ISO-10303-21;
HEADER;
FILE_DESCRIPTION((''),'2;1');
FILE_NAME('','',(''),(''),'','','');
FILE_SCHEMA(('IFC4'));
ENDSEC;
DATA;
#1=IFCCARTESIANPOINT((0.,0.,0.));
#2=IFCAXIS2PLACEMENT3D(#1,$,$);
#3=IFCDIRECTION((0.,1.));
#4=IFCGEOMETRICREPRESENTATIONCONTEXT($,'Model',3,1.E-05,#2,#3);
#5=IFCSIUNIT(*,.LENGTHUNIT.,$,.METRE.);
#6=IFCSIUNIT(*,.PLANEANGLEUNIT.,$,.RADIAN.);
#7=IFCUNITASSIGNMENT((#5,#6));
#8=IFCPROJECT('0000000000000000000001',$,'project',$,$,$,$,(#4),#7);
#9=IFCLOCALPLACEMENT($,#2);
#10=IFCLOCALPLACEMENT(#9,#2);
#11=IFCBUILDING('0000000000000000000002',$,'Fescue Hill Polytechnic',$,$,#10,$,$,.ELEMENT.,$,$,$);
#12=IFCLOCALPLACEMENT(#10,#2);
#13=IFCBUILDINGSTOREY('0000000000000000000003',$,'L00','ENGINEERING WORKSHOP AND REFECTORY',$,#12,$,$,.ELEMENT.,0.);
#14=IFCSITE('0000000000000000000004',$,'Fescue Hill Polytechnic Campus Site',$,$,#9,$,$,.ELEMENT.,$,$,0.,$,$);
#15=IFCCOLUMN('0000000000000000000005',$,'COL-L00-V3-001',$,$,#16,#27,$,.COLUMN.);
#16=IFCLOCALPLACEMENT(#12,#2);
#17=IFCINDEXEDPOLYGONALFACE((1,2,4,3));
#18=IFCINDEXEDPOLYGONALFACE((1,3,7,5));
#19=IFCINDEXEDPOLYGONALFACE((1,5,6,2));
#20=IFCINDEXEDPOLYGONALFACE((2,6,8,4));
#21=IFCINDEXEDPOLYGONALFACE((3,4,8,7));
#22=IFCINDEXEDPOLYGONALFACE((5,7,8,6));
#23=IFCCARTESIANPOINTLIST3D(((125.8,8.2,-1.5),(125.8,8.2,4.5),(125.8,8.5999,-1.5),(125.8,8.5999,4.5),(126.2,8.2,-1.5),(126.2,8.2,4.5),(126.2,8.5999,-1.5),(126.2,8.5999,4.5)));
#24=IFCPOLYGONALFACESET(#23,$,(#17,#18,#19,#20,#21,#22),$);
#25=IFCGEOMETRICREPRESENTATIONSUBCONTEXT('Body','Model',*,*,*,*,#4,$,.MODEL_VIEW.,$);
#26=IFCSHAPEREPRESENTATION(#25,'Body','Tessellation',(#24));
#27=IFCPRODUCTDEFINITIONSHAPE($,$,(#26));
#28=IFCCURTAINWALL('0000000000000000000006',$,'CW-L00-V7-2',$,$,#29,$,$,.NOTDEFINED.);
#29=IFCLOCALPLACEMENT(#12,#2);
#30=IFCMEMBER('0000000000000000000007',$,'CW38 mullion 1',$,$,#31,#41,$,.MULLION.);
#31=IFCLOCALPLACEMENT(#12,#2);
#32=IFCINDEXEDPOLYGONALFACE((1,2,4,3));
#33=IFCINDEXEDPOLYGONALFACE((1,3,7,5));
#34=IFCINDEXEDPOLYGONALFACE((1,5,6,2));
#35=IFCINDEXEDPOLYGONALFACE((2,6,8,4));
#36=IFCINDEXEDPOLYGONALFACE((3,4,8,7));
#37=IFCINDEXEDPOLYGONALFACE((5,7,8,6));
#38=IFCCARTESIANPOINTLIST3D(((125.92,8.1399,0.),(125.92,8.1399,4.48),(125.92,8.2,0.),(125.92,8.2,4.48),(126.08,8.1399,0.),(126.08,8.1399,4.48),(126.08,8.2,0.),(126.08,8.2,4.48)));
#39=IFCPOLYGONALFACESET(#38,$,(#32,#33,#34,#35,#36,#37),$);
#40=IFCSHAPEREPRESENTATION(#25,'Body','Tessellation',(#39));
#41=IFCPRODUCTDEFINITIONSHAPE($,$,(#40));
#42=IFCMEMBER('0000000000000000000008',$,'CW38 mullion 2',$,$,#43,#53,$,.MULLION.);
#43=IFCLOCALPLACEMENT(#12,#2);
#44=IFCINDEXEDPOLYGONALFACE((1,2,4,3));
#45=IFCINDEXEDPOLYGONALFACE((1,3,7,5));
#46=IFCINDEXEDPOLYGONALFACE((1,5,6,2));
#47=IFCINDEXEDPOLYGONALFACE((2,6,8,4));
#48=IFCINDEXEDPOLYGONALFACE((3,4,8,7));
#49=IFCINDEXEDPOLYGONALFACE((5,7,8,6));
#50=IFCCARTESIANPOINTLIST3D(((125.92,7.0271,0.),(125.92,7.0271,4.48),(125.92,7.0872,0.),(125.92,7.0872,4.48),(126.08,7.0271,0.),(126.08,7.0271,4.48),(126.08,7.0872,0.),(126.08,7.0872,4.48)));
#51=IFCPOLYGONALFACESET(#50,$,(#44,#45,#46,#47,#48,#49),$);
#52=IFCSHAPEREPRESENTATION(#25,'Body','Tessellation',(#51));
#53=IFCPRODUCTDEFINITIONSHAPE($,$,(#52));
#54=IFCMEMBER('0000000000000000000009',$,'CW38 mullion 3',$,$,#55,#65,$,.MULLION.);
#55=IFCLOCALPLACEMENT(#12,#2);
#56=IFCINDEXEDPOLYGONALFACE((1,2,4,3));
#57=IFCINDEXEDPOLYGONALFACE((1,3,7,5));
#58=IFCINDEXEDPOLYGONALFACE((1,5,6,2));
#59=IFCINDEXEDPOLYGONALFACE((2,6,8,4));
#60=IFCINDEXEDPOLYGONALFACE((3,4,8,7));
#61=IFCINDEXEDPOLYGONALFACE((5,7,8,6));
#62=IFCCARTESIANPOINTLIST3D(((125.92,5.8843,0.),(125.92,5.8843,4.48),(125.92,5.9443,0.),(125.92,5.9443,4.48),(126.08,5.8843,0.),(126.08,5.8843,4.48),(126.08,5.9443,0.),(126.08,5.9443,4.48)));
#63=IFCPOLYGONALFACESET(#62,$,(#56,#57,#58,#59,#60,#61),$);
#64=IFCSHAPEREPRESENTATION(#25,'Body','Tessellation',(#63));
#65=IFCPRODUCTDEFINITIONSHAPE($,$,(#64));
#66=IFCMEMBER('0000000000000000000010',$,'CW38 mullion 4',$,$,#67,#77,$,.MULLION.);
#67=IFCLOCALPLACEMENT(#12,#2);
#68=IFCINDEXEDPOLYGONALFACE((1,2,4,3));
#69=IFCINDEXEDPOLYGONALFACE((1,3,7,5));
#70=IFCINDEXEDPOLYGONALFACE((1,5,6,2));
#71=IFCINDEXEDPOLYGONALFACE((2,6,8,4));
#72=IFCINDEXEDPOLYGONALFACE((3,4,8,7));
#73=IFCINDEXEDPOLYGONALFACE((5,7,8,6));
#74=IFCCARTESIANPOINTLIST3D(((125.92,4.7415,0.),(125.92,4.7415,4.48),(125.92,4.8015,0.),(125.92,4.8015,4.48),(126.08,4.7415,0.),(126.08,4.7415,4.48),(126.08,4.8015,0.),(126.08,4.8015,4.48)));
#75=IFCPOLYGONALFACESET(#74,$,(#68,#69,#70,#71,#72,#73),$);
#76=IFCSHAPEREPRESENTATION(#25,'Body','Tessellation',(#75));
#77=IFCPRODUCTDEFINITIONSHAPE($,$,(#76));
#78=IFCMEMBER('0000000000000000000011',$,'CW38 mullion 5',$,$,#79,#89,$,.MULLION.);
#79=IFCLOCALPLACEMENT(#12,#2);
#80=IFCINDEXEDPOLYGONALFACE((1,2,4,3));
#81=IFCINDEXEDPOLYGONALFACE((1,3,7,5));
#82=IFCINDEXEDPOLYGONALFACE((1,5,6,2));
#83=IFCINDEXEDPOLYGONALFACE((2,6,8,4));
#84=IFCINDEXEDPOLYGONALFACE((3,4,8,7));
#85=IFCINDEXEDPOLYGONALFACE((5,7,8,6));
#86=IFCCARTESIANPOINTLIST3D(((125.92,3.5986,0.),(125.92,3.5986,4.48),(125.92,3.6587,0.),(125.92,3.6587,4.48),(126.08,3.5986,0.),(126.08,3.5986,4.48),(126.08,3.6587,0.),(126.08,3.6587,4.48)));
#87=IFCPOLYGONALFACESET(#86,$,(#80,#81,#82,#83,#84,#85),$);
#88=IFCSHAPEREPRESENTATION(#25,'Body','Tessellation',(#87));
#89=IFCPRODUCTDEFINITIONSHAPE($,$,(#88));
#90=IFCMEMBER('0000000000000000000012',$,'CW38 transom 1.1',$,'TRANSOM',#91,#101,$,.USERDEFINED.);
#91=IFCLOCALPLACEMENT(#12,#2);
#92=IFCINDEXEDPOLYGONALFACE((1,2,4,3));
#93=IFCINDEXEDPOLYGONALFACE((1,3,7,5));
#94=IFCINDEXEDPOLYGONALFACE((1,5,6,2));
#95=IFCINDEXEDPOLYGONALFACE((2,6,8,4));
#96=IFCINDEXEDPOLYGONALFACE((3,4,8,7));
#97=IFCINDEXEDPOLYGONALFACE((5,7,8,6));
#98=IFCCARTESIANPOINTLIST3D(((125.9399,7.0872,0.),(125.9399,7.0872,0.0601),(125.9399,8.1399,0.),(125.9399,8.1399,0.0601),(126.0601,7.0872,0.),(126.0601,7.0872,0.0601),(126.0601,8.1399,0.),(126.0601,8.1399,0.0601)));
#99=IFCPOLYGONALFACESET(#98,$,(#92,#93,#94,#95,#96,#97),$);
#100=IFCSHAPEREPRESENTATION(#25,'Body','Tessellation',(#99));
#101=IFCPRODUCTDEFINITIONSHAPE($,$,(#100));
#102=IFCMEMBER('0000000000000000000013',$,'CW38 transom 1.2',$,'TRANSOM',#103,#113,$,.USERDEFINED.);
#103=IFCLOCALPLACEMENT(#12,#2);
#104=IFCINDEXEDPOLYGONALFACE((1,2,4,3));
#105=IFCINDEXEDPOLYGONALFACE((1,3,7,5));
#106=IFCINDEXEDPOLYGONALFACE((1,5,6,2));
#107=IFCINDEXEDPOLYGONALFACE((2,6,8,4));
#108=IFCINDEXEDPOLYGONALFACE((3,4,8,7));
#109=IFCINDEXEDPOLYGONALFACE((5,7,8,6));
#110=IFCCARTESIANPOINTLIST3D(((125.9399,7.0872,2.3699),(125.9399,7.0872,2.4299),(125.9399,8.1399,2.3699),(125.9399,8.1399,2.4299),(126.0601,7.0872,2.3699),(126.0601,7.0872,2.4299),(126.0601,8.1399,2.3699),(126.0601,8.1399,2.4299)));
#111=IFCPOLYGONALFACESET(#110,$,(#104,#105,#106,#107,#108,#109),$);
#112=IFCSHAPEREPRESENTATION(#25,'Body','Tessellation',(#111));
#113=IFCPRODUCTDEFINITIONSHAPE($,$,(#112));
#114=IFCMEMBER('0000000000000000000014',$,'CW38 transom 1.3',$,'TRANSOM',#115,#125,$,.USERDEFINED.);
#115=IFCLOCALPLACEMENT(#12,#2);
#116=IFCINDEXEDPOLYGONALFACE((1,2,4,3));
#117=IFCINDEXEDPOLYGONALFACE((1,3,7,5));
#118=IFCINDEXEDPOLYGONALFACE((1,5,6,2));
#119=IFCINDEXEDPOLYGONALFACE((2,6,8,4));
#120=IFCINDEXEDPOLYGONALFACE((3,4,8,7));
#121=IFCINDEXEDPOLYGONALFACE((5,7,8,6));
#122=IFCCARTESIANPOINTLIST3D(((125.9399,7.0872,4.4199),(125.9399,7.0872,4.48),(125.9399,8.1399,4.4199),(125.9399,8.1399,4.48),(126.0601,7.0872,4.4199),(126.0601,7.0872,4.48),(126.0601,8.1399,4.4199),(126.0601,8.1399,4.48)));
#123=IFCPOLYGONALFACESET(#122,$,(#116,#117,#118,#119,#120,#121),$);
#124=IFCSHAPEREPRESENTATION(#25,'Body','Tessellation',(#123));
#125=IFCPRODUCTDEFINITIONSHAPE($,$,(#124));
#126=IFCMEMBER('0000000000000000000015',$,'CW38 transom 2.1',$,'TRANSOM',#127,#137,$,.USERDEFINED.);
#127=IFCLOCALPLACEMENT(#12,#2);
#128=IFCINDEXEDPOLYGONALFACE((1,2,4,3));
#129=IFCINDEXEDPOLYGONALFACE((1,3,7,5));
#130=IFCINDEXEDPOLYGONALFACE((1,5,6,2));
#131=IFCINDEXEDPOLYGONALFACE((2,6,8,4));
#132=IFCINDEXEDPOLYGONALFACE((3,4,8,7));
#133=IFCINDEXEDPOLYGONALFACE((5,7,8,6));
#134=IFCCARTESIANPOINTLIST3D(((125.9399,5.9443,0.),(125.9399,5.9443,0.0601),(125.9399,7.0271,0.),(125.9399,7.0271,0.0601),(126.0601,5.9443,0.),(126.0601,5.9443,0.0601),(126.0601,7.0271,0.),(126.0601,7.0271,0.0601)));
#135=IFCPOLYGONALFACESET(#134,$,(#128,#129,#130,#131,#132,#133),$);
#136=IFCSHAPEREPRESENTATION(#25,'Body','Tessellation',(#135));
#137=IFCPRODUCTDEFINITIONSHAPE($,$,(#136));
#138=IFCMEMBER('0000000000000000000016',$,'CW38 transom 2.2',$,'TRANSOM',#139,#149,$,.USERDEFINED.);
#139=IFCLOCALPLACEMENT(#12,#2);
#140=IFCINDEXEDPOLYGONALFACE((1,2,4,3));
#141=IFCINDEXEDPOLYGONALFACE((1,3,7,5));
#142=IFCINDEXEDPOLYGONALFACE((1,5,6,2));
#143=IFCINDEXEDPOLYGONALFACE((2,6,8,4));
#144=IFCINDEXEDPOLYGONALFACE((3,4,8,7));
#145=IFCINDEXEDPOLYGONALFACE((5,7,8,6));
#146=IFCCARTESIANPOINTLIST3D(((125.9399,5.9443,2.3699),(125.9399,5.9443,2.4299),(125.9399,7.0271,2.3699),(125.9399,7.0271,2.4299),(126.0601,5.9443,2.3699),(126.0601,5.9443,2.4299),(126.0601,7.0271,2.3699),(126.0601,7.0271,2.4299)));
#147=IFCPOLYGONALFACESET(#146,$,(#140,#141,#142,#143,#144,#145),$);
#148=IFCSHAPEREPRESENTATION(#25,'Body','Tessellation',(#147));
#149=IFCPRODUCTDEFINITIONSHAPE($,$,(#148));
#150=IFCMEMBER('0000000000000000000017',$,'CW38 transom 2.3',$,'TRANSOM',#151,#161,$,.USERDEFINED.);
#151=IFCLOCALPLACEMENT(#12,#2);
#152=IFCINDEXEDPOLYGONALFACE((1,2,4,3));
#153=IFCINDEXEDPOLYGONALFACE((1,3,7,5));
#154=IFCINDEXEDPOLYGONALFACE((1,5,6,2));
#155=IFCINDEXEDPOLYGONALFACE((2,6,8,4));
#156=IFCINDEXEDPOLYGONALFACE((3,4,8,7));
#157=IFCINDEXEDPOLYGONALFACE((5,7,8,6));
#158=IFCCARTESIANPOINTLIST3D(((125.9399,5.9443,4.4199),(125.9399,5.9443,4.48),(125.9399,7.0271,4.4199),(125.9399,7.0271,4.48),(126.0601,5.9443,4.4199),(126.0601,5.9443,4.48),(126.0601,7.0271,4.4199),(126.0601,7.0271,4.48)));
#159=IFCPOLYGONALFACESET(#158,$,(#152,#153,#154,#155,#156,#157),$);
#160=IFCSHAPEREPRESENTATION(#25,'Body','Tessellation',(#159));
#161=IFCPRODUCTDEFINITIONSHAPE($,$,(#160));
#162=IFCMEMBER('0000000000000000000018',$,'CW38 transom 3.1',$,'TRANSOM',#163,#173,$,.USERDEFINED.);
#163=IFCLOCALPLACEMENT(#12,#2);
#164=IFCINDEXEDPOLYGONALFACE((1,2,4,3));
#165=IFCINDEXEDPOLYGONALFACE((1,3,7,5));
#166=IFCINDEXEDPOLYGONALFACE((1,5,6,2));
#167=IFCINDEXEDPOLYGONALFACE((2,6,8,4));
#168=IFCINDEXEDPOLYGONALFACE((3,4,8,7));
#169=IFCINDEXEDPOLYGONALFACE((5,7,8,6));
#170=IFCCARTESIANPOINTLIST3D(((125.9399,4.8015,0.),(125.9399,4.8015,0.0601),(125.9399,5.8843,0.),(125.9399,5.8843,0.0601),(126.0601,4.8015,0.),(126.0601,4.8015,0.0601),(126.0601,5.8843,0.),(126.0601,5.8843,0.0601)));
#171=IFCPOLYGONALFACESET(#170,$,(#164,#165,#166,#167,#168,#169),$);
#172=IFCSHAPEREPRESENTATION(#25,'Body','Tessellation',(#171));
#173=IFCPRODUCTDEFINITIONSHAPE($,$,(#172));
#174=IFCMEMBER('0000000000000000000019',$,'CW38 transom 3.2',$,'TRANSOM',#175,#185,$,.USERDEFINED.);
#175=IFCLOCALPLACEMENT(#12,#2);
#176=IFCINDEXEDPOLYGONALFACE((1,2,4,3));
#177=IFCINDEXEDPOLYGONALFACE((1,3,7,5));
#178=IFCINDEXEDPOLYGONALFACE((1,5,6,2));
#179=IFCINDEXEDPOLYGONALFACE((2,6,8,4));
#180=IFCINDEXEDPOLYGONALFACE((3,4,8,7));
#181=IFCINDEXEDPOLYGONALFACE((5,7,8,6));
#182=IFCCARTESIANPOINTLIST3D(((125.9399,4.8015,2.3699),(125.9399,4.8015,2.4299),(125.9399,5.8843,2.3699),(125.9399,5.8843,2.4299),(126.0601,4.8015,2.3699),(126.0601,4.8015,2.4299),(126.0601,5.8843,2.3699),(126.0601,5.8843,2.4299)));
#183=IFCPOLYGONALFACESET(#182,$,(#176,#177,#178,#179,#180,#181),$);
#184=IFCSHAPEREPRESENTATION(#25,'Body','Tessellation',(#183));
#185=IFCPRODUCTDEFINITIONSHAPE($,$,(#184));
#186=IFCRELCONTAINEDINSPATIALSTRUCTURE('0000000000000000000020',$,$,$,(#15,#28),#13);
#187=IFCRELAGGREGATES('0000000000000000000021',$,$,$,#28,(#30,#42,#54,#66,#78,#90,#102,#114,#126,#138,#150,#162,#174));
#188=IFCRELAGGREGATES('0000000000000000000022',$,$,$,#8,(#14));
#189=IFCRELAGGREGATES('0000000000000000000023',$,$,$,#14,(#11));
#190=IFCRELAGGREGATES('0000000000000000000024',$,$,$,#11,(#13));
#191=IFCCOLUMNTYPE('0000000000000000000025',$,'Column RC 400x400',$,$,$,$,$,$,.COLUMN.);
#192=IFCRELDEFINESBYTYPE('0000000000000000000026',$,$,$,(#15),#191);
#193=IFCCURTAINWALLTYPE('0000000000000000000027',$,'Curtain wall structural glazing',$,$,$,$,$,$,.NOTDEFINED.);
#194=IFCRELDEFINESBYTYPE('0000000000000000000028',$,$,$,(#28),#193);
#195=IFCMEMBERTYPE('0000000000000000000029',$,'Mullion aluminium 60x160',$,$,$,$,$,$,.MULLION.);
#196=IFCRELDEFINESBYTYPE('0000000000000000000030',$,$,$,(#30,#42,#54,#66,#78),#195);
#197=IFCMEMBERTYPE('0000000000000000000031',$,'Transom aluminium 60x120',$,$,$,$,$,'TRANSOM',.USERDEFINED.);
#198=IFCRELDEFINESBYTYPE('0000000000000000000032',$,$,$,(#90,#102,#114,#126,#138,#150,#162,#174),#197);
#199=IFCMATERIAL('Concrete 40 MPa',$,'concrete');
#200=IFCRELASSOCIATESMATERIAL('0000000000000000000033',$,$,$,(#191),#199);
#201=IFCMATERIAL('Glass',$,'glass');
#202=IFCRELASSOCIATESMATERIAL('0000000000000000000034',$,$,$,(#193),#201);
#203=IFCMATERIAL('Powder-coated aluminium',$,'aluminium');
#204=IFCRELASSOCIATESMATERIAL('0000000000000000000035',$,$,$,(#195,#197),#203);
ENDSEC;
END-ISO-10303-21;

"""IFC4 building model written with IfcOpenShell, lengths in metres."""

from ifc_helpers import new_model, si_unit, direction, frame, origin, origin_2d, place, context, subcontext, project, spatial, rectangle, extrude, material, material_profile, profile_set, type_object, element, aggregate, save


model = new_model("IFC4")

# Units and contexts
model_context = context("Model", 3, precision=1e-05, world=origin(), true_north=direction((0.0, 1.0)))
body_context = subcontext(model_context, "Body", "Model", "MODEL_VIEW")
ifc_project = project(units=[si_unit("LENGTHUNIT", "METRE"), si_unit("PLANEANGLEUNIT", "RADIAN")], contexts=[model_context])

# Site, building, storey
site_placement = place(None, origin())
site = spatial("IfcSite", under=ifc_project, at=site_placement, Name="Fescue Hill Polytechnic Campus Site", CompositionType="ELEMENT", RefElevation=0.0)
building_placement = place(site_placement, origin())
building = spatial("IfcBuilding", under=site, at=building_placement, Name="Fescue Hill Polytechnic", CompositionType="ELEMENT")
storey_placement = place(building_placement, origin())
storey = spatial("IfcBuildingStorey", under=building, at=storey_placement, Name="L00", Description="ENGINEERING WORKSHOP AND REFECTORY", CompositionType="ELEMENT", Elevation=0.0)

# Column
ifc_material_1 = material(Name="Concrete 40 MPa", Category="concrete")
ifc_material_profile_1 = material_profile(ifc_material_1, rectangle(XDim=0.3999, YDim=0.3999, at=origin_2d()), Name="RC 400x400")
ifc_profile_set_1 = profile_set([ifc_material_profile_1], Name="Concrete 40 MPa")
column_type = type_object("IfcColumnType", Name="Column RC 400x400", PredefinedType="COLUMN", material=ifc_profile_set_1)
column_placement = place(storey_placement, frame((126.0, 8.3999, -1.5), z_axis=(0.0, 0.0, 1.0), x_axis=(1.0, 0.0, 0.0)))
element("IfcColumn", 1, at=column_placement, inside=storey, type_object=column_type, Name="COL-L00-V3-001", PredefinedType="COLUMN", context=body_context, shape_type="SweptSolid", body=[
    extrude(rectangle(XDim=0.3999, YDim=0.3999, at=origin_2d()), origin(), (0.0, 0.0, 1.0), 6.0),
])

# Curtain wall, members
ifc_material_2 = material(Name="Glass", Category="glass")
curtain_wall_type_1 = type_object("IfcCurtainWallType", Name="Curtain wall structural glazing", PredefinedType="NOTDEFINED", material=ifc_material_2)
curtain_wall_1_placement = place(storey_placement, origin())
curtain_wall_1 = element("IfcCurtainWall", 2, at=curtain_wall_1_placement, inside=storey, type_object=curtain_wall_type_1, Name="CW-L00-V7-2", PredefinedType="NOTDEFINED")
ifc_material_3 = material(Name="Powder-coated aluminium", Category="aluminium")
ifc_material_profile_2 = material_profile(ifc_material_3, rectangle(XDim=0.1599, YDim=0.0601, at=origin_2d()), Name="Mullion aluminium 60x160")
ifc_profile_set_2 = profile_set([ifc_material_profile_2], Name="Powder-coated aluminium")
member_type_1 = type_object("IfcMemberType", Name="Mullion aluminium 60x160", PredefinedType="MULLION", material=ifc_profile_set_2)
member_1_placement = place(storey_placement, frame((126.0, 8.1699, 0.0), z_axis=(0.0, 0.0, 1.0), x_axis=(1.0, 0.0, 0.0)))
member_1 = element("IfcMember", 3, at=member_1_placement, type_object=member_type_1, Name="CW38 mullion 1", PredefinedType="MULLION", context=body_context, shape_type="SweptSolid", body=[
    extrude(rectangle(XDim=0.1599, YDim=0.0601, at=origin_2d()), origin(), (0.0, 0.0, 1.0), 4.48),
])
member_2_placement = place(storey_placement, frame((126.0, 7.0571, 0.0), z_axis=(0.0, 0.0, 1.0), x_axis=(1.0, 0.0, 0.0)))
member_2 = element("IfcMember", 4, at=member_2_placement, type_object=member_type_1, Name="CW38 mullion 2", PredefinedType="MULLION", context=body_context, shape_type="SweptSolid", body=[
    extrude(rectangle(XDim=0.1599, YDim=0.0601, at=origin_2d()), origin(), (0.0, 0.0, 1.0), 4.48),
])
member_3_placement = place(storey_placement, frame((126.0, 5.9143, 0.0), z_axis=(0.0, 0.0, 1.0), x_axis=(1.0, 0.0, 0.0)))
member_3 = element("IfcMember", 5, at=member_3_placement, type_object=member_type_1, Name="CW38 mullion 3", PredefinedType="MULLION", context=body_context, shape_type="SweptSolid", body=[
    extrude(rectangle(XDim=0.1599, YDim=0.0601, at=origin_2d()), origin(), (0.0, 0.0, 1.0), 4.48),
])
member_4_placement = place(storey_placement, frame((126.0, 4.7715, 0.0), z_axis=(0.0, 0.0, 1.0), x_axis=(1.0, 0.0, 0.0)))
member_4 = element("IfcMember", 6, at=member_4_placement, type_object=member_type_1, Name="CW38 mullion 4", PredefinedType="MULLION", context=body_context, shape_type="SweptSolid", body=[
    extrude(rectangle(XDim=0.1599, YDim=0.0601, at=origin_2d()), origin(), (0.0, 0.0, 1.0), 4.48),
])
member_5_placement = place(storey_placement, frame((126.0, 3.6287, 0.0), z_axis=(0.0, 0.0, 1.0), x_axis=(1.0, 0.0, 0.0)))
member_5 = element("IfcMember", 7, at=member_5_placement, type_object=member_type_1, Name="CW38 mullion 5", PredefinedType="MULLION", context=body_context, shape_type="SweptSolid", body=[
    extrude(rectangle(XDim=0.1599, YDim=0.0601, at=origin_2d()), origin(), (0.0, 0.0, 1.0), 4.48),
])
ifc_material_profile_3 = material_profile(ifc_material_3, rectangle(XDim=0.1201, YDim=0.0601, at=origin_2d()), Name="Transom aluminium 60x120")
ifc_profile_set_3 = profile_set([ifc_material_profile_3], Name="Powder-coated aluminium")
member_type_2 = type_object("IfcMemberType", Name="Transom aluminium 60x120", ElementType="TRANSOM", PredefinedType="USERDEFINED", material=ifc_profile_set_3)
member_6_placement = place(storey_placement, frame((126.0, 8.1399, 0.03), z_axis=(0.0, -1.0, 0.0), x_axis=(1.0, 0.0, 0.0)))
member_6 = element("IfcMember", 8, at=member_6_placement, type_object=member_type_2, Name="CW38 transom 1.1", ObjectType="TRANSOM", PredefinedType="USERDEFINED", context=body_context, shape_type="SweptSolid", body=[
    extrude(rectangle(XDim=0.1201, YDim=0.0601, at=origin_2d()), origin(), (0.0, 0.0, 1.0), 1.0527),
])
member_7_placement = place(storey_placement, frame((126.0, 8.1399, 2.3999), z_axis=(0.0, -1.0, 0.0), x_axis=(1.0, 0.0, 0.0)))
member_7 = element("IfcMember", 9, at=member_7_placement, type_object=member_type_2, Name="CW38 transom 1.2", ObjectType="TRANSOM", PredefinedType="USERDEFINED", context=body_context, shape_type="SweptSolid", body=[
    extrude(rectangle(XDim=0.1201, YDim=0.0601, at=origin_2d()), origin(), (0.0, 0.0, 1.0), 1.0527),
])
member_8_placement = place(storey_placement, frame((126.0, 8.1399, 4.45), z_axis=(0.0, -1.0, 0.0), x_axis=(1.0, 0.0, 0.0)))
member_8 = element("IfcMember", 10, at=member_8_placement, type_object=member_type_2, Name="CW38 transom 1.3", ObjectType="TRANSOM", PredefinedType="USERDEFINED", context=body_context, shape_type="SweptSolid", body=[
    extrude(rectangle(XDim=0.1201, YDim=0.0601, at=origin_2d()), origin(), (0.0, 0.0, 1.0), 1.0527),
])
member_9_placement = place(storey_placement, frame((126.0, 7.0271, 0.03), z_axis=(0.0, -1.0, 0.0), x_axis=(1.0, 0.0, 0.0)))
member_9 = element("IfcMember", 11, at=member_9_placement, type_object=member_type_2, Name="CW38 transom 2.1", ObjectType="TRANSOM", PredefinedType="USERDEFINED", context=body_context, shape_type="SweptSolid", body=[
    extrude(rectangle(XDim=0.1201, YDim=0.0601, at=origin_2d()), origin(), (0.0, 0.0, 1.0), 1.0828),
])
member_10_placement = place(storey_placement, frame((126.0, 7.0271, 2.3999), z_axis=(0.0, -1.0, 0.0), x_axis=(1.0, 0.0, 0.0)))
member_10 = element("IfcMember", 12, at=member_10_placement, type_object=member_type_2, Name="CW38 transom 2.2", ObjectType="TRANSOM", PredefinedType="USERDEFINED", context=body_context, shape_type="SweptSolid", body=[
    extrude(rectangle(XDim=0.1201, YDim=0.0601, at=origin_2d()), origin(), (0.0, 0.0, 1.0), 1.0828),
])
member_11_placement = place(storey_placement, frame((126.0, 7.0271, 4.45), z_axis=(0.0, -1.0, 0.0), x_axis=(1.0, 0.0, 0.0)))
member_11 = element("IfcMember", 13, at=member_11_placement, type_object=member_type_2, Name="CW38 transom 2.3", ObjectType="TRANSOM", PredefinedType="USERDEFINED", context=body_context, shape_type="SweptSolid", body=[
    extrude(rectangle(XDim=0.1201, YDim=0.0601, at=origin_2d()), origin(), (0.0, 0.0, 1.0), 1.0828),
])
member_12_placement = place(storey_placement, frame((126.0, 5.8843, 0.03), z_axis=(0.0, -1.0, 0.0), x_axis=(1.0, 0.0, 0.0)))
member_12 = element("IfcMember", 14, at=member_12_placement, type_object=member_type_2, Name="CW38 transom 3.1", ObjectType="TRANSOM", PredefinedType="USERDEFINED", context=body_context, shape_type="SweptSolid", body=[
    extrude(rectangle(XDim=0.1201, YDim=0.0601, at=origin_2d()), origin(), (0.0, 0.0, 1.0), 1.0828),
])
member_13_placement = place(storey_placement, frame((126.0, 5.8843, 2.3999), z_axis=(0.0, -1.0, 0.0), x_axis=(1.0, 0.0, 0.0)))
member_13 = element("IfcMember", 15, at=member_13_placement, type_object=member_type_2, Name="CW38 transom 3.2", ObjectType="TRANSOM", PredefinedType="USERDEFINED", context=body_context, shape_type="SweptSolid", body=[
    extrude(rectangle(XDim=0.1201, YDim=0.0601, at=origin_2d()), origin(), (0.0, 0.0, 1.0), 1.0828),
])

aggregate(curtain_wall_1, [member_1, member_2, member_3, member_4, member_5, member_6, member_7, member_8, member_9, member_10, member_11, member_12, member_13])

save(model, "model.ifc")
